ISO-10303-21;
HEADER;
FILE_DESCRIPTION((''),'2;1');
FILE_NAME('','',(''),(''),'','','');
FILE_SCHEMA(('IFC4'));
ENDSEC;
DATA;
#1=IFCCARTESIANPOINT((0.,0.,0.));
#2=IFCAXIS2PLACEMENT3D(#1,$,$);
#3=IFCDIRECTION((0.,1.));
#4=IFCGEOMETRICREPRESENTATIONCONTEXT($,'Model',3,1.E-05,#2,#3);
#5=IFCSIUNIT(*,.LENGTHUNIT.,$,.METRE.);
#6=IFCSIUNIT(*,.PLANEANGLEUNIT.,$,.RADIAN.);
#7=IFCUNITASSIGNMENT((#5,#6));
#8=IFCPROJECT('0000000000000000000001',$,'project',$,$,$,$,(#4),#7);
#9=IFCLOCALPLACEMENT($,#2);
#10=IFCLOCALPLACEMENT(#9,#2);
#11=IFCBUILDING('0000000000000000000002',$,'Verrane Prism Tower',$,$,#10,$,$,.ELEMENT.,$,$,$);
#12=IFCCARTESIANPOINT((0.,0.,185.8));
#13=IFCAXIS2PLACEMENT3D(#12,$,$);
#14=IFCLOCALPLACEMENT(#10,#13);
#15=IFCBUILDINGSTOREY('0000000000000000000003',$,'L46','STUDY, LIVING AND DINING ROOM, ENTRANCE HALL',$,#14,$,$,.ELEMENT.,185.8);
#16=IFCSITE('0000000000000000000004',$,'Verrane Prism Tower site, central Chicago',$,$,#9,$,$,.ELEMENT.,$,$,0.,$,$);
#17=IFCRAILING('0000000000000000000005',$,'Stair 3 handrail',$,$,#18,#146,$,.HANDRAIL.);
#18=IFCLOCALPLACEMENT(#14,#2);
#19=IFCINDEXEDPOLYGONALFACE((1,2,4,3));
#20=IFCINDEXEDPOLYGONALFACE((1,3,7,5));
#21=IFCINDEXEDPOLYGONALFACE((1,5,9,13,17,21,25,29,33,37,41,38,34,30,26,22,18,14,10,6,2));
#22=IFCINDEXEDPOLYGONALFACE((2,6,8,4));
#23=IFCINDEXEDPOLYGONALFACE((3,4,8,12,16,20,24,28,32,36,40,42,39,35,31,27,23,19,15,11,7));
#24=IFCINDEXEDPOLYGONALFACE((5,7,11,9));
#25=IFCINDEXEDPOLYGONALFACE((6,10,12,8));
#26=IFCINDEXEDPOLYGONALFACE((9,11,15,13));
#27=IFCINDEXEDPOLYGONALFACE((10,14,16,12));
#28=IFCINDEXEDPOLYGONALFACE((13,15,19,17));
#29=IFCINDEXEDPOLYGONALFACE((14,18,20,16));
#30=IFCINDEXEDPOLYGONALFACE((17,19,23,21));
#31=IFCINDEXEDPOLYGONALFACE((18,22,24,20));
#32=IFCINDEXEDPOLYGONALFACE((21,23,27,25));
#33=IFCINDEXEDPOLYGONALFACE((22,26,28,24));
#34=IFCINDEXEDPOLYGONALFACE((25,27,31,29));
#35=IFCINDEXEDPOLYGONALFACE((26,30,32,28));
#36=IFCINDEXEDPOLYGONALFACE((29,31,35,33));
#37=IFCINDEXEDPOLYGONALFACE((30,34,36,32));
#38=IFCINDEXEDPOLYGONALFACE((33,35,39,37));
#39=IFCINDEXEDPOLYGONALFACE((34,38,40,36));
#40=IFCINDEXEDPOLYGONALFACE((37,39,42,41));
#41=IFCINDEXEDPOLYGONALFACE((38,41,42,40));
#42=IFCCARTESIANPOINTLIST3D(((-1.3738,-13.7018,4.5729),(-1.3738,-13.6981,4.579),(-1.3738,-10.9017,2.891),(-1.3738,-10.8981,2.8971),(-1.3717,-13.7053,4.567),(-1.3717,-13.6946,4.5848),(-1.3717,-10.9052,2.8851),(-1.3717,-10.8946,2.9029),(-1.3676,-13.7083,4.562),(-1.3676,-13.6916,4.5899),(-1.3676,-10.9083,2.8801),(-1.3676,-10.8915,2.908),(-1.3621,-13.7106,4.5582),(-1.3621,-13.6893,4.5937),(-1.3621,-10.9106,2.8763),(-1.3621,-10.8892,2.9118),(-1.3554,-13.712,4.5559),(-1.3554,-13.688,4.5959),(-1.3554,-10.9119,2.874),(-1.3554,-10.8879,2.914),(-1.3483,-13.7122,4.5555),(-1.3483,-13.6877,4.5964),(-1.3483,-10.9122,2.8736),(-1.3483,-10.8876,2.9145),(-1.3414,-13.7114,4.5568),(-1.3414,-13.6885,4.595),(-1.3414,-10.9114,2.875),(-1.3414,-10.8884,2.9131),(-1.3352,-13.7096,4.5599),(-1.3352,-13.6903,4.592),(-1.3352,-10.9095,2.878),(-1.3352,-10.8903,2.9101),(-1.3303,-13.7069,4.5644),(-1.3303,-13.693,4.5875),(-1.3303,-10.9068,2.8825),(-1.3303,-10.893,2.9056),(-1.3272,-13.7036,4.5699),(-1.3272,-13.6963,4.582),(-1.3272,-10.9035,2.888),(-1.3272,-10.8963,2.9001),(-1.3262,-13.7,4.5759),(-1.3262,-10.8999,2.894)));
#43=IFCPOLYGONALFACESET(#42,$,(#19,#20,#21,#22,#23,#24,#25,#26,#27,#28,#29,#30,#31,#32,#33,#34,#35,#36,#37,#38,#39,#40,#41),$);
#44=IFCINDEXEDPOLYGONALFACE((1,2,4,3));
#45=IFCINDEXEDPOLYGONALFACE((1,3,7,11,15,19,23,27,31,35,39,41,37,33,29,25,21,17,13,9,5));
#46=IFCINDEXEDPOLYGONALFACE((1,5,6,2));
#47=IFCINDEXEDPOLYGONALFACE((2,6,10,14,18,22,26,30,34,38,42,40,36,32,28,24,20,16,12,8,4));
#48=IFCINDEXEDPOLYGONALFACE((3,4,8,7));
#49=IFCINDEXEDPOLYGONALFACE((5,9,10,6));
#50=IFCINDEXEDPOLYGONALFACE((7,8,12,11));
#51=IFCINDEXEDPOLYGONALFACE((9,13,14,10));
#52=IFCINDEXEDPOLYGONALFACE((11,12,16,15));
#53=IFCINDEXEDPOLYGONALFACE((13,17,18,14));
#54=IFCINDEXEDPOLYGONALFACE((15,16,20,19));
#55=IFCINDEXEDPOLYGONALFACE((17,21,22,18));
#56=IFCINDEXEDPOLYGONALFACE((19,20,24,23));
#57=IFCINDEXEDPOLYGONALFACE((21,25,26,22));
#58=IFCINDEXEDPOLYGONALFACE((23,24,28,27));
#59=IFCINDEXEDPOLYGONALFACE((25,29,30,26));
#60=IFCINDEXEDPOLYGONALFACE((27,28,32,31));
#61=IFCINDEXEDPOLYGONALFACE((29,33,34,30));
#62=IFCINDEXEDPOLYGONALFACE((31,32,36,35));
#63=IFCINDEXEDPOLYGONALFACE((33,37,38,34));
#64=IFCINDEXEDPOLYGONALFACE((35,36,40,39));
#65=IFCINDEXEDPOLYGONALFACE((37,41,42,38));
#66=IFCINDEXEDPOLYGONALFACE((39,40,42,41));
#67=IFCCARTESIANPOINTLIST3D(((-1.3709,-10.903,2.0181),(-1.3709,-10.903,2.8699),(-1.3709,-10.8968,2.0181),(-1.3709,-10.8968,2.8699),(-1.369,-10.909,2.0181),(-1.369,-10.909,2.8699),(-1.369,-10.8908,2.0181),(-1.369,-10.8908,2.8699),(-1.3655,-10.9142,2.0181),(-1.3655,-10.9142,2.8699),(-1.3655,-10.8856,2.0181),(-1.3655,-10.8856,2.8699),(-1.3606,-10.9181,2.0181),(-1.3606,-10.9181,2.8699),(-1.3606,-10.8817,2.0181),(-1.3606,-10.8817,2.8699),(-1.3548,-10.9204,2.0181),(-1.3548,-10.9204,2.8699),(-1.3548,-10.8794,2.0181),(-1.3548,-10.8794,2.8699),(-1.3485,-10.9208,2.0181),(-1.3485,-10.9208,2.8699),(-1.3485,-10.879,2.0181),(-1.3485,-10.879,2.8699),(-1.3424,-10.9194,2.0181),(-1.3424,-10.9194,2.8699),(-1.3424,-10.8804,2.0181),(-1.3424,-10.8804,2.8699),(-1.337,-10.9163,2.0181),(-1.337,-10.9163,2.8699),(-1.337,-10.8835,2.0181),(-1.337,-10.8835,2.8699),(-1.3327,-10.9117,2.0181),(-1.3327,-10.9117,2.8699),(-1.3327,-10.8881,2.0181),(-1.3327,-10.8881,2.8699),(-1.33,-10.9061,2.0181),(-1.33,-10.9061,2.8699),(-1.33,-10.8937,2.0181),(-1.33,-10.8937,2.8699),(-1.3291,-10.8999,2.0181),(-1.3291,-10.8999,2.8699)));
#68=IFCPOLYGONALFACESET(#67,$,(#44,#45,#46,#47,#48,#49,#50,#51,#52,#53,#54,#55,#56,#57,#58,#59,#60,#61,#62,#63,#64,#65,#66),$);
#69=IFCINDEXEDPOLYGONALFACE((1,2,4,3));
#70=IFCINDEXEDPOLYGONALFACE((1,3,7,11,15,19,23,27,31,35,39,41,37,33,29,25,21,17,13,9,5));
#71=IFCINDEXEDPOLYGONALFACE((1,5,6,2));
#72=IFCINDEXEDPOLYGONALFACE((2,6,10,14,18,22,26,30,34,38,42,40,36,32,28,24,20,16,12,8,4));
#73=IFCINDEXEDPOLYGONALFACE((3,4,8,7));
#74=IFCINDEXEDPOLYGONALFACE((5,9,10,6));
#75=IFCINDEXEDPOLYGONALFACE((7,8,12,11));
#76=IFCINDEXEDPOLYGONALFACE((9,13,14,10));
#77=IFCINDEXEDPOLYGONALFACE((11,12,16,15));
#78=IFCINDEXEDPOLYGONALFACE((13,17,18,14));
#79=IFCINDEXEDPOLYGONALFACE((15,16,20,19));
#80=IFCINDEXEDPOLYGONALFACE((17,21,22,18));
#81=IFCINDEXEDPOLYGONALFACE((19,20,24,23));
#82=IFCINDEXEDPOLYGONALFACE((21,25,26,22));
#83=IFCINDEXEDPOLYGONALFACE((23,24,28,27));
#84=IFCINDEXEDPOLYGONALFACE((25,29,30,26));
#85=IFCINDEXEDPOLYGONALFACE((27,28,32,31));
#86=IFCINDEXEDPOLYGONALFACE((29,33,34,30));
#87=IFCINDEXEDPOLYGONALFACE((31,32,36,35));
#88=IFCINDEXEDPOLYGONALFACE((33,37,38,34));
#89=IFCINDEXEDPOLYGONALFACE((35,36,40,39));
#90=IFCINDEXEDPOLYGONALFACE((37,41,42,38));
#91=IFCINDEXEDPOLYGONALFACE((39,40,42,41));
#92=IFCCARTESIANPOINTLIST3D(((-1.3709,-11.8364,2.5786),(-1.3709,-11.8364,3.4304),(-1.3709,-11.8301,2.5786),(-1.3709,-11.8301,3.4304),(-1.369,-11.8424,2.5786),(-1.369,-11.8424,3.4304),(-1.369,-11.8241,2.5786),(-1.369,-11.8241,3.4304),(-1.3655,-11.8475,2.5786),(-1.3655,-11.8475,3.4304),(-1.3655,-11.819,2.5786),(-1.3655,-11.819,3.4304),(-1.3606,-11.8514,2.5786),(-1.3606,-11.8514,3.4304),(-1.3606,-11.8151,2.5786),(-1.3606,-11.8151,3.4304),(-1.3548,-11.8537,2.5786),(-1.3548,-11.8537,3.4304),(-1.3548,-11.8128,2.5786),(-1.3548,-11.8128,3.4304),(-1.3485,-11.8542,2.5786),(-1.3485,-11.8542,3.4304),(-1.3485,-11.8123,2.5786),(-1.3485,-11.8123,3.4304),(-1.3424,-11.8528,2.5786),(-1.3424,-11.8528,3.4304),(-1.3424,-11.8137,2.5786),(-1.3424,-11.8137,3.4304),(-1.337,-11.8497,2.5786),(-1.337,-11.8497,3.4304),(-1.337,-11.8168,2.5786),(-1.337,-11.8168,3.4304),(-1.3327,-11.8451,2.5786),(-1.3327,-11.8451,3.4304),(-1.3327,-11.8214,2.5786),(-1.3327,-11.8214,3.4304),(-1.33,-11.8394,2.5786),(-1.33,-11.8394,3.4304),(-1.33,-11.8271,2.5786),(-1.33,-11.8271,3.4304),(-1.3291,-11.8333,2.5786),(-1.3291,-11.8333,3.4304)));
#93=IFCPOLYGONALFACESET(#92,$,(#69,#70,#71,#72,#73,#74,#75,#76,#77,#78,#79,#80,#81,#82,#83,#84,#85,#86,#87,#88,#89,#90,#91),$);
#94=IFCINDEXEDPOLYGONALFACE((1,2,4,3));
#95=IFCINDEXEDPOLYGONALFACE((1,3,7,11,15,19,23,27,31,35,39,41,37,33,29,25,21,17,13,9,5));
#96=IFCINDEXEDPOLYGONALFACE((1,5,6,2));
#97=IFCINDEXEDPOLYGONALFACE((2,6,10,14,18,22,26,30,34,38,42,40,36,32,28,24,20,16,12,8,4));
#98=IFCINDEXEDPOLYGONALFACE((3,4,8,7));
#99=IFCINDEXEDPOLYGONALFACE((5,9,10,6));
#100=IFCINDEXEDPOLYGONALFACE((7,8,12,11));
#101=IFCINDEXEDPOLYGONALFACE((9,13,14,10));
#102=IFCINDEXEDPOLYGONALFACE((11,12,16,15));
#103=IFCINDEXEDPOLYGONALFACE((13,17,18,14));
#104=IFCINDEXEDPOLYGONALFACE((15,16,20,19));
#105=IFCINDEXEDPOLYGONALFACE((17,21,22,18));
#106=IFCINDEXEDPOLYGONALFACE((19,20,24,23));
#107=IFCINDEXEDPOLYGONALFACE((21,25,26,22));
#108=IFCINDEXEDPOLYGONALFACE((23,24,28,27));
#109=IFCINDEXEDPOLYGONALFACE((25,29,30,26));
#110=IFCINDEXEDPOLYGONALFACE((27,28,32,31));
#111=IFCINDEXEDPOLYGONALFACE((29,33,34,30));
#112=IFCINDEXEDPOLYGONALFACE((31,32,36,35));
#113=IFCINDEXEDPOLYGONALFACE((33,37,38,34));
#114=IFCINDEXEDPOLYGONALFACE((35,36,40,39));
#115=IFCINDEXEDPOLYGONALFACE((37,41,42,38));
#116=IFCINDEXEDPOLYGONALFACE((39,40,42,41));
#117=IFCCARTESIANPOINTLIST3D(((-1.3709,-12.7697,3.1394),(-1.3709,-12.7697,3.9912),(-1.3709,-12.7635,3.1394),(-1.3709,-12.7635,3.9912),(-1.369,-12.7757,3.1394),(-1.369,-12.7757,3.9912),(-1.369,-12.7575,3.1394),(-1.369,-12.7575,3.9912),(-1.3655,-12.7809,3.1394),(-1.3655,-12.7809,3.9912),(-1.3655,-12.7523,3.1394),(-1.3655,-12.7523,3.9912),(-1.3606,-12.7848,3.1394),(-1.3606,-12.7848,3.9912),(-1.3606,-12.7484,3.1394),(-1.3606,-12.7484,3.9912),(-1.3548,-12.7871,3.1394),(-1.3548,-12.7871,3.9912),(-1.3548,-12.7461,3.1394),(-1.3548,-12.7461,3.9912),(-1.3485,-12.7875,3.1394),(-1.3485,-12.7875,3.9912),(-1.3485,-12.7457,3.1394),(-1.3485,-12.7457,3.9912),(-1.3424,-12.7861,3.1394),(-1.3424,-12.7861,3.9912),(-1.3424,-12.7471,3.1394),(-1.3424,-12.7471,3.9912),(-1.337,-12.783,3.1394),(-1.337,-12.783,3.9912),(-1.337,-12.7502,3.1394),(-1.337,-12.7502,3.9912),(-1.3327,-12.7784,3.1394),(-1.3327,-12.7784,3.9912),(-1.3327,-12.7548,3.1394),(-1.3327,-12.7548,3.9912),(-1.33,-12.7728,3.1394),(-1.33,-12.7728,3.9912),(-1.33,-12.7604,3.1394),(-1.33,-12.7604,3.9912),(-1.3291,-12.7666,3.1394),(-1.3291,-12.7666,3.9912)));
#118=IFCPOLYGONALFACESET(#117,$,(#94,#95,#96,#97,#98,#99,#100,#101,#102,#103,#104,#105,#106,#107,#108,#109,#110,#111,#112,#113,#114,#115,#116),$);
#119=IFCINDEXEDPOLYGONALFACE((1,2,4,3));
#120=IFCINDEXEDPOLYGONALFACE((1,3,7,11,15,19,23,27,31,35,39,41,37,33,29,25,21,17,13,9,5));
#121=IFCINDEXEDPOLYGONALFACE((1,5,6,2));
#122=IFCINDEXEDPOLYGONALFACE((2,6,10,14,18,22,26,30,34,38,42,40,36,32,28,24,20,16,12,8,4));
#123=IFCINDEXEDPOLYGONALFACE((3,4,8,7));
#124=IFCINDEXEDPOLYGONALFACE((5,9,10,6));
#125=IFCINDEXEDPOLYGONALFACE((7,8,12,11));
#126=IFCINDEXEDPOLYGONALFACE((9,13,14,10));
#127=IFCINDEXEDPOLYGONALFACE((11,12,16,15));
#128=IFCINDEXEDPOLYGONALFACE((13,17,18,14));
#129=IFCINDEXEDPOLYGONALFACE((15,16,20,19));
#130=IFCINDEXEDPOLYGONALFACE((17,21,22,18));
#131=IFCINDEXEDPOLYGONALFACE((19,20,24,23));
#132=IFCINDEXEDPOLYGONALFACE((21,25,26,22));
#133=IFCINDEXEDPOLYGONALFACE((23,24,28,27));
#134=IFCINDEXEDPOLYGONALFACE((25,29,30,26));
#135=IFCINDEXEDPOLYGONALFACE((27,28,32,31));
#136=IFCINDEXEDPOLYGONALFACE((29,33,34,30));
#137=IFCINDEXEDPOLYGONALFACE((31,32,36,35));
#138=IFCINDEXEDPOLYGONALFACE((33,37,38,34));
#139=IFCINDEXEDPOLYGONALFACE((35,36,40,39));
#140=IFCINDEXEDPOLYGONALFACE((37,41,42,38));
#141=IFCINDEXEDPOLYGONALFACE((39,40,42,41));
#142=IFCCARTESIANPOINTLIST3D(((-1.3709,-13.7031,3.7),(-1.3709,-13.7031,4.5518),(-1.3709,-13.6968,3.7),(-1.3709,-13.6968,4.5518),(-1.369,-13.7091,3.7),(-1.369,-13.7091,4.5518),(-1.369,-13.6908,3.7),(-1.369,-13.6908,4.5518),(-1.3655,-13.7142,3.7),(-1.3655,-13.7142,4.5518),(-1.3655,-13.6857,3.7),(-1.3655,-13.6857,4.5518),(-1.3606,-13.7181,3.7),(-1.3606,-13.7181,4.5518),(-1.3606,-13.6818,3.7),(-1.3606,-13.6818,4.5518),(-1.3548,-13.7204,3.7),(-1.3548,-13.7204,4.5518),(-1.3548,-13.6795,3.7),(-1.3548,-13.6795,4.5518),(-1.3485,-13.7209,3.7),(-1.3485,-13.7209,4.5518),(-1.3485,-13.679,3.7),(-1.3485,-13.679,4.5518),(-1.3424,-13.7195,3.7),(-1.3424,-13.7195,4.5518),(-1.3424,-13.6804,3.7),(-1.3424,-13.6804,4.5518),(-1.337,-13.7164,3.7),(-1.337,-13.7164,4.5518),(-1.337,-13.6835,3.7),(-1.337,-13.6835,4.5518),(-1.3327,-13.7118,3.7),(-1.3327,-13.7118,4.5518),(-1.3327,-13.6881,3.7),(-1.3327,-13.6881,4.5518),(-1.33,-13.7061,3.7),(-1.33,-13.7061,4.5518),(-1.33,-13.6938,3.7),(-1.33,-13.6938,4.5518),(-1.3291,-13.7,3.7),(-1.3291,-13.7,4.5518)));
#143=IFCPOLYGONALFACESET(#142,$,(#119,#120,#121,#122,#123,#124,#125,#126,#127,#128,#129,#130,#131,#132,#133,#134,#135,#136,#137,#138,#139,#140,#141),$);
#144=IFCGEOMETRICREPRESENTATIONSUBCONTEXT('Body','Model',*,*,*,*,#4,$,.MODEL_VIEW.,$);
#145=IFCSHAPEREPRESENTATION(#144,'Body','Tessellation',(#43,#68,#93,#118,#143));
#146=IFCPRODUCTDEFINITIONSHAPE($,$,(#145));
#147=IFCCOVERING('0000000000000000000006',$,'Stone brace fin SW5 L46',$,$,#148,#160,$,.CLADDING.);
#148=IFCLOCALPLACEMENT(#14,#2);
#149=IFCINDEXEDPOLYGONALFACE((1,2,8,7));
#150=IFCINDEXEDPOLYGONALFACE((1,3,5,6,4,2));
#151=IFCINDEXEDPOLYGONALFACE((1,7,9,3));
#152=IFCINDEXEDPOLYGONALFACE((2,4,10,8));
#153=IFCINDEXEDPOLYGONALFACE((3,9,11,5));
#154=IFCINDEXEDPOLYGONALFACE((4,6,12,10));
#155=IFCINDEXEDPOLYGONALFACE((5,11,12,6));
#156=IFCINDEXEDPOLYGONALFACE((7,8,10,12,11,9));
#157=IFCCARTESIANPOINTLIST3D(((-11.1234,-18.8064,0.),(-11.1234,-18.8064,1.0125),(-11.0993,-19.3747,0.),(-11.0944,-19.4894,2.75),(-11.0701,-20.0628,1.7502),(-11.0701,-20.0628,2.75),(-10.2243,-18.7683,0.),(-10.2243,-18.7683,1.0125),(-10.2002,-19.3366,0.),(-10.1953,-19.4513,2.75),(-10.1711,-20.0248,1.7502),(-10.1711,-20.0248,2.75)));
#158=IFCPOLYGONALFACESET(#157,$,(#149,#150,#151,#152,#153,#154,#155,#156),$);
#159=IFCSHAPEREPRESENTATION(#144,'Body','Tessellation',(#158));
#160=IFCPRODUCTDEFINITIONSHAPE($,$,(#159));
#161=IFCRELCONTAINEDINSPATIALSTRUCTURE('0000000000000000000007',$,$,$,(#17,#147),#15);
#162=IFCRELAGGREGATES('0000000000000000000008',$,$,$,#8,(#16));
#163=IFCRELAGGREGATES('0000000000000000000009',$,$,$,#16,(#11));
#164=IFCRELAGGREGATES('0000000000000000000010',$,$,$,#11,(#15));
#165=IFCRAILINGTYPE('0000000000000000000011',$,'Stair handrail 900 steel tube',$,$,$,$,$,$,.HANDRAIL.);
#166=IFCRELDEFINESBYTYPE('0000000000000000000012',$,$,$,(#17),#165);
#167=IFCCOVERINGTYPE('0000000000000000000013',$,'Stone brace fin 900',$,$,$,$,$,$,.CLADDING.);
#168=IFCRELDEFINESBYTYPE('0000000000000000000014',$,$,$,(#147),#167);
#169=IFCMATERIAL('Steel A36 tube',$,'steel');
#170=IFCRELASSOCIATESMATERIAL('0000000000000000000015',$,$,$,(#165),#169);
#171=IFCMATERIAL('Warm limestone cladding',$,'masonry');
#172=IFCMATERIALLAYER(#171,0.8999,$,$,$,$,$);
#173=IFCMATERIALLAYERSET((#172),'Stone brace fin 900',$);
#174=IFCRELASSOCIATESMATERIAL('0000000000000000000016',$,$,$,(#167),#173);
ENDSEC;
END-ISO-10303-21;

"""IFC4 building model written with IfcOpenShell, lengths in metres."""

from ifc_helpers import new_model, si_unit, direction, frame, origin, origin_2d, place, context, subcontext, project, spatial, polyline, circle, outline, extrude, material, layer, layer_set, type_object, element, save


model = new_model("IFC4")

# Units and contexts
model_context = context("Model", 3, precision=1e-05, world=origin(), true_north=direction((0.0, 1.0)))
body_context = subcontext(model_context, "Body", "Model", "MODEL_VIEW")
ifc_project = project(units=[si_unit("LENGTHUNIT", "METRE"), si_unit("PLANEANGLEUNIT", "RADIAN")], contexts=[model_context])

# Site, building, storey
site_placement = place(None, origin())
site = spatial("IfcSite", under=ifc_project, at=site_placement, Name="Verrane Prism Tower site, central Chicago", CompositionType="ELEMENT", RefElevation=0.0)
building_placement = place(site_placement, origin())
building = spatial("IfcBuilding", under=site, at=building_placement, Name="Verrane Prism Tower", CompositionType="ELEMENT")
storey_placement = place(building_placement, frame((0.0, 0.0, 185.8)))
storey = spatial("IfcBuildingStorey", under=building, at=storey_placement, Name="L46", Description="STUDY, LIVING AND DINING ROOM, ENTRANCE HALL", CompositionType="ELEMENT", Elevation=185.8)

# Railing
ifc_material_1 = material(Name="Steel A36 tube", Category="steel")
railing_type = type_object("IfcRailingType", Name="Stair handrail 900 steel tube", PredefinedType="HANDRAIL", material=ifc_material_1)
railing_placement = place(storey_placement, frame((-1.3501, -10.8999, 2.0181)))
element("IfcRailing", 1, at=railing_placement, inside=storey, type_object=railing_type, Name="Stair 3 handrail", PredefinedType="HANDRAIL", context=body_context, shape_type="SweptSolid", body=[
    extrude(circle(Radius=0.0239, at=origin_2d()), frame((0.0, 0.0, 0.876), z_axis=(0.0, -0.857242, 0.514913), x_axis=(1.0, 0.0, 0.0)), (0.0, 0.0, 1.0), 3.2664),
    extrude(circle(Radius=0.021, at=origin_2d()), origin(), (0.0, 0.0, 1.0), 0.8518),
    extrude(circle(Radius=0.021, at=origin_2d()), frame((0.0, -0.9333, 0.5605)), (0.0, 0.0, 1.0), 0.8518),
    extrude(circle(Radius=0.021, at=origin_2d()), frame((0.0, -1.8667, 1.1213)), (0.0, 0.0, 1.0), 0.8518),
    extrude(circle(Radius=0.021, at=origin_2d()), frame((0.0, -2.8, 1.6819)), (0.0, 0.0, 1.0), 0.8518),
])

# Covering
ifc_material_2 = material(Name="Warm limestone cladding", Category="masonry")
ifc_layer_1 = layer(ifc_material_2, 0.8999)
ifc_layer_set_1 = layer_set([ifc_layer_1], Name="Stone brace fin 900")
covering_type = type_object("IfcCoveringType", Name="Stone brace fin 900", PredefinedType="CLADDING", material=ifc_layer_set_1)
covering_placement = place(storey_placement, frame((-10.6738, -18.7874, 0.0), z_axis=(0.0, 0.0, 1.0), x_axis=(0.042325, -0.999104, 0.0)))
element("IfcCovering", 2, at=covering_placement, inside=storey, type_object=covering_type, Name="Stone brace fin SW5 L46", PredefinedType="CLADDING", context=body_context, shape_type="SweptSolid", body=[
    extrude(outline(polyline([(1.2576, 2.75), (0.6836, 2.75), (0.0, 1.0125), (0.0, 0.0), (0.5688, 0.0), (1.2576, 1.7502), (1.2576, 2.75)])), frame((0.0, 0.45, 0.0), z_axis=(0.0, -1.0, 0.0), x_axis=(1.0, 0.0, 0.0)), (0.0, 0.0, 1.0), 0.8999),
])

save(model, "model.ifc")
